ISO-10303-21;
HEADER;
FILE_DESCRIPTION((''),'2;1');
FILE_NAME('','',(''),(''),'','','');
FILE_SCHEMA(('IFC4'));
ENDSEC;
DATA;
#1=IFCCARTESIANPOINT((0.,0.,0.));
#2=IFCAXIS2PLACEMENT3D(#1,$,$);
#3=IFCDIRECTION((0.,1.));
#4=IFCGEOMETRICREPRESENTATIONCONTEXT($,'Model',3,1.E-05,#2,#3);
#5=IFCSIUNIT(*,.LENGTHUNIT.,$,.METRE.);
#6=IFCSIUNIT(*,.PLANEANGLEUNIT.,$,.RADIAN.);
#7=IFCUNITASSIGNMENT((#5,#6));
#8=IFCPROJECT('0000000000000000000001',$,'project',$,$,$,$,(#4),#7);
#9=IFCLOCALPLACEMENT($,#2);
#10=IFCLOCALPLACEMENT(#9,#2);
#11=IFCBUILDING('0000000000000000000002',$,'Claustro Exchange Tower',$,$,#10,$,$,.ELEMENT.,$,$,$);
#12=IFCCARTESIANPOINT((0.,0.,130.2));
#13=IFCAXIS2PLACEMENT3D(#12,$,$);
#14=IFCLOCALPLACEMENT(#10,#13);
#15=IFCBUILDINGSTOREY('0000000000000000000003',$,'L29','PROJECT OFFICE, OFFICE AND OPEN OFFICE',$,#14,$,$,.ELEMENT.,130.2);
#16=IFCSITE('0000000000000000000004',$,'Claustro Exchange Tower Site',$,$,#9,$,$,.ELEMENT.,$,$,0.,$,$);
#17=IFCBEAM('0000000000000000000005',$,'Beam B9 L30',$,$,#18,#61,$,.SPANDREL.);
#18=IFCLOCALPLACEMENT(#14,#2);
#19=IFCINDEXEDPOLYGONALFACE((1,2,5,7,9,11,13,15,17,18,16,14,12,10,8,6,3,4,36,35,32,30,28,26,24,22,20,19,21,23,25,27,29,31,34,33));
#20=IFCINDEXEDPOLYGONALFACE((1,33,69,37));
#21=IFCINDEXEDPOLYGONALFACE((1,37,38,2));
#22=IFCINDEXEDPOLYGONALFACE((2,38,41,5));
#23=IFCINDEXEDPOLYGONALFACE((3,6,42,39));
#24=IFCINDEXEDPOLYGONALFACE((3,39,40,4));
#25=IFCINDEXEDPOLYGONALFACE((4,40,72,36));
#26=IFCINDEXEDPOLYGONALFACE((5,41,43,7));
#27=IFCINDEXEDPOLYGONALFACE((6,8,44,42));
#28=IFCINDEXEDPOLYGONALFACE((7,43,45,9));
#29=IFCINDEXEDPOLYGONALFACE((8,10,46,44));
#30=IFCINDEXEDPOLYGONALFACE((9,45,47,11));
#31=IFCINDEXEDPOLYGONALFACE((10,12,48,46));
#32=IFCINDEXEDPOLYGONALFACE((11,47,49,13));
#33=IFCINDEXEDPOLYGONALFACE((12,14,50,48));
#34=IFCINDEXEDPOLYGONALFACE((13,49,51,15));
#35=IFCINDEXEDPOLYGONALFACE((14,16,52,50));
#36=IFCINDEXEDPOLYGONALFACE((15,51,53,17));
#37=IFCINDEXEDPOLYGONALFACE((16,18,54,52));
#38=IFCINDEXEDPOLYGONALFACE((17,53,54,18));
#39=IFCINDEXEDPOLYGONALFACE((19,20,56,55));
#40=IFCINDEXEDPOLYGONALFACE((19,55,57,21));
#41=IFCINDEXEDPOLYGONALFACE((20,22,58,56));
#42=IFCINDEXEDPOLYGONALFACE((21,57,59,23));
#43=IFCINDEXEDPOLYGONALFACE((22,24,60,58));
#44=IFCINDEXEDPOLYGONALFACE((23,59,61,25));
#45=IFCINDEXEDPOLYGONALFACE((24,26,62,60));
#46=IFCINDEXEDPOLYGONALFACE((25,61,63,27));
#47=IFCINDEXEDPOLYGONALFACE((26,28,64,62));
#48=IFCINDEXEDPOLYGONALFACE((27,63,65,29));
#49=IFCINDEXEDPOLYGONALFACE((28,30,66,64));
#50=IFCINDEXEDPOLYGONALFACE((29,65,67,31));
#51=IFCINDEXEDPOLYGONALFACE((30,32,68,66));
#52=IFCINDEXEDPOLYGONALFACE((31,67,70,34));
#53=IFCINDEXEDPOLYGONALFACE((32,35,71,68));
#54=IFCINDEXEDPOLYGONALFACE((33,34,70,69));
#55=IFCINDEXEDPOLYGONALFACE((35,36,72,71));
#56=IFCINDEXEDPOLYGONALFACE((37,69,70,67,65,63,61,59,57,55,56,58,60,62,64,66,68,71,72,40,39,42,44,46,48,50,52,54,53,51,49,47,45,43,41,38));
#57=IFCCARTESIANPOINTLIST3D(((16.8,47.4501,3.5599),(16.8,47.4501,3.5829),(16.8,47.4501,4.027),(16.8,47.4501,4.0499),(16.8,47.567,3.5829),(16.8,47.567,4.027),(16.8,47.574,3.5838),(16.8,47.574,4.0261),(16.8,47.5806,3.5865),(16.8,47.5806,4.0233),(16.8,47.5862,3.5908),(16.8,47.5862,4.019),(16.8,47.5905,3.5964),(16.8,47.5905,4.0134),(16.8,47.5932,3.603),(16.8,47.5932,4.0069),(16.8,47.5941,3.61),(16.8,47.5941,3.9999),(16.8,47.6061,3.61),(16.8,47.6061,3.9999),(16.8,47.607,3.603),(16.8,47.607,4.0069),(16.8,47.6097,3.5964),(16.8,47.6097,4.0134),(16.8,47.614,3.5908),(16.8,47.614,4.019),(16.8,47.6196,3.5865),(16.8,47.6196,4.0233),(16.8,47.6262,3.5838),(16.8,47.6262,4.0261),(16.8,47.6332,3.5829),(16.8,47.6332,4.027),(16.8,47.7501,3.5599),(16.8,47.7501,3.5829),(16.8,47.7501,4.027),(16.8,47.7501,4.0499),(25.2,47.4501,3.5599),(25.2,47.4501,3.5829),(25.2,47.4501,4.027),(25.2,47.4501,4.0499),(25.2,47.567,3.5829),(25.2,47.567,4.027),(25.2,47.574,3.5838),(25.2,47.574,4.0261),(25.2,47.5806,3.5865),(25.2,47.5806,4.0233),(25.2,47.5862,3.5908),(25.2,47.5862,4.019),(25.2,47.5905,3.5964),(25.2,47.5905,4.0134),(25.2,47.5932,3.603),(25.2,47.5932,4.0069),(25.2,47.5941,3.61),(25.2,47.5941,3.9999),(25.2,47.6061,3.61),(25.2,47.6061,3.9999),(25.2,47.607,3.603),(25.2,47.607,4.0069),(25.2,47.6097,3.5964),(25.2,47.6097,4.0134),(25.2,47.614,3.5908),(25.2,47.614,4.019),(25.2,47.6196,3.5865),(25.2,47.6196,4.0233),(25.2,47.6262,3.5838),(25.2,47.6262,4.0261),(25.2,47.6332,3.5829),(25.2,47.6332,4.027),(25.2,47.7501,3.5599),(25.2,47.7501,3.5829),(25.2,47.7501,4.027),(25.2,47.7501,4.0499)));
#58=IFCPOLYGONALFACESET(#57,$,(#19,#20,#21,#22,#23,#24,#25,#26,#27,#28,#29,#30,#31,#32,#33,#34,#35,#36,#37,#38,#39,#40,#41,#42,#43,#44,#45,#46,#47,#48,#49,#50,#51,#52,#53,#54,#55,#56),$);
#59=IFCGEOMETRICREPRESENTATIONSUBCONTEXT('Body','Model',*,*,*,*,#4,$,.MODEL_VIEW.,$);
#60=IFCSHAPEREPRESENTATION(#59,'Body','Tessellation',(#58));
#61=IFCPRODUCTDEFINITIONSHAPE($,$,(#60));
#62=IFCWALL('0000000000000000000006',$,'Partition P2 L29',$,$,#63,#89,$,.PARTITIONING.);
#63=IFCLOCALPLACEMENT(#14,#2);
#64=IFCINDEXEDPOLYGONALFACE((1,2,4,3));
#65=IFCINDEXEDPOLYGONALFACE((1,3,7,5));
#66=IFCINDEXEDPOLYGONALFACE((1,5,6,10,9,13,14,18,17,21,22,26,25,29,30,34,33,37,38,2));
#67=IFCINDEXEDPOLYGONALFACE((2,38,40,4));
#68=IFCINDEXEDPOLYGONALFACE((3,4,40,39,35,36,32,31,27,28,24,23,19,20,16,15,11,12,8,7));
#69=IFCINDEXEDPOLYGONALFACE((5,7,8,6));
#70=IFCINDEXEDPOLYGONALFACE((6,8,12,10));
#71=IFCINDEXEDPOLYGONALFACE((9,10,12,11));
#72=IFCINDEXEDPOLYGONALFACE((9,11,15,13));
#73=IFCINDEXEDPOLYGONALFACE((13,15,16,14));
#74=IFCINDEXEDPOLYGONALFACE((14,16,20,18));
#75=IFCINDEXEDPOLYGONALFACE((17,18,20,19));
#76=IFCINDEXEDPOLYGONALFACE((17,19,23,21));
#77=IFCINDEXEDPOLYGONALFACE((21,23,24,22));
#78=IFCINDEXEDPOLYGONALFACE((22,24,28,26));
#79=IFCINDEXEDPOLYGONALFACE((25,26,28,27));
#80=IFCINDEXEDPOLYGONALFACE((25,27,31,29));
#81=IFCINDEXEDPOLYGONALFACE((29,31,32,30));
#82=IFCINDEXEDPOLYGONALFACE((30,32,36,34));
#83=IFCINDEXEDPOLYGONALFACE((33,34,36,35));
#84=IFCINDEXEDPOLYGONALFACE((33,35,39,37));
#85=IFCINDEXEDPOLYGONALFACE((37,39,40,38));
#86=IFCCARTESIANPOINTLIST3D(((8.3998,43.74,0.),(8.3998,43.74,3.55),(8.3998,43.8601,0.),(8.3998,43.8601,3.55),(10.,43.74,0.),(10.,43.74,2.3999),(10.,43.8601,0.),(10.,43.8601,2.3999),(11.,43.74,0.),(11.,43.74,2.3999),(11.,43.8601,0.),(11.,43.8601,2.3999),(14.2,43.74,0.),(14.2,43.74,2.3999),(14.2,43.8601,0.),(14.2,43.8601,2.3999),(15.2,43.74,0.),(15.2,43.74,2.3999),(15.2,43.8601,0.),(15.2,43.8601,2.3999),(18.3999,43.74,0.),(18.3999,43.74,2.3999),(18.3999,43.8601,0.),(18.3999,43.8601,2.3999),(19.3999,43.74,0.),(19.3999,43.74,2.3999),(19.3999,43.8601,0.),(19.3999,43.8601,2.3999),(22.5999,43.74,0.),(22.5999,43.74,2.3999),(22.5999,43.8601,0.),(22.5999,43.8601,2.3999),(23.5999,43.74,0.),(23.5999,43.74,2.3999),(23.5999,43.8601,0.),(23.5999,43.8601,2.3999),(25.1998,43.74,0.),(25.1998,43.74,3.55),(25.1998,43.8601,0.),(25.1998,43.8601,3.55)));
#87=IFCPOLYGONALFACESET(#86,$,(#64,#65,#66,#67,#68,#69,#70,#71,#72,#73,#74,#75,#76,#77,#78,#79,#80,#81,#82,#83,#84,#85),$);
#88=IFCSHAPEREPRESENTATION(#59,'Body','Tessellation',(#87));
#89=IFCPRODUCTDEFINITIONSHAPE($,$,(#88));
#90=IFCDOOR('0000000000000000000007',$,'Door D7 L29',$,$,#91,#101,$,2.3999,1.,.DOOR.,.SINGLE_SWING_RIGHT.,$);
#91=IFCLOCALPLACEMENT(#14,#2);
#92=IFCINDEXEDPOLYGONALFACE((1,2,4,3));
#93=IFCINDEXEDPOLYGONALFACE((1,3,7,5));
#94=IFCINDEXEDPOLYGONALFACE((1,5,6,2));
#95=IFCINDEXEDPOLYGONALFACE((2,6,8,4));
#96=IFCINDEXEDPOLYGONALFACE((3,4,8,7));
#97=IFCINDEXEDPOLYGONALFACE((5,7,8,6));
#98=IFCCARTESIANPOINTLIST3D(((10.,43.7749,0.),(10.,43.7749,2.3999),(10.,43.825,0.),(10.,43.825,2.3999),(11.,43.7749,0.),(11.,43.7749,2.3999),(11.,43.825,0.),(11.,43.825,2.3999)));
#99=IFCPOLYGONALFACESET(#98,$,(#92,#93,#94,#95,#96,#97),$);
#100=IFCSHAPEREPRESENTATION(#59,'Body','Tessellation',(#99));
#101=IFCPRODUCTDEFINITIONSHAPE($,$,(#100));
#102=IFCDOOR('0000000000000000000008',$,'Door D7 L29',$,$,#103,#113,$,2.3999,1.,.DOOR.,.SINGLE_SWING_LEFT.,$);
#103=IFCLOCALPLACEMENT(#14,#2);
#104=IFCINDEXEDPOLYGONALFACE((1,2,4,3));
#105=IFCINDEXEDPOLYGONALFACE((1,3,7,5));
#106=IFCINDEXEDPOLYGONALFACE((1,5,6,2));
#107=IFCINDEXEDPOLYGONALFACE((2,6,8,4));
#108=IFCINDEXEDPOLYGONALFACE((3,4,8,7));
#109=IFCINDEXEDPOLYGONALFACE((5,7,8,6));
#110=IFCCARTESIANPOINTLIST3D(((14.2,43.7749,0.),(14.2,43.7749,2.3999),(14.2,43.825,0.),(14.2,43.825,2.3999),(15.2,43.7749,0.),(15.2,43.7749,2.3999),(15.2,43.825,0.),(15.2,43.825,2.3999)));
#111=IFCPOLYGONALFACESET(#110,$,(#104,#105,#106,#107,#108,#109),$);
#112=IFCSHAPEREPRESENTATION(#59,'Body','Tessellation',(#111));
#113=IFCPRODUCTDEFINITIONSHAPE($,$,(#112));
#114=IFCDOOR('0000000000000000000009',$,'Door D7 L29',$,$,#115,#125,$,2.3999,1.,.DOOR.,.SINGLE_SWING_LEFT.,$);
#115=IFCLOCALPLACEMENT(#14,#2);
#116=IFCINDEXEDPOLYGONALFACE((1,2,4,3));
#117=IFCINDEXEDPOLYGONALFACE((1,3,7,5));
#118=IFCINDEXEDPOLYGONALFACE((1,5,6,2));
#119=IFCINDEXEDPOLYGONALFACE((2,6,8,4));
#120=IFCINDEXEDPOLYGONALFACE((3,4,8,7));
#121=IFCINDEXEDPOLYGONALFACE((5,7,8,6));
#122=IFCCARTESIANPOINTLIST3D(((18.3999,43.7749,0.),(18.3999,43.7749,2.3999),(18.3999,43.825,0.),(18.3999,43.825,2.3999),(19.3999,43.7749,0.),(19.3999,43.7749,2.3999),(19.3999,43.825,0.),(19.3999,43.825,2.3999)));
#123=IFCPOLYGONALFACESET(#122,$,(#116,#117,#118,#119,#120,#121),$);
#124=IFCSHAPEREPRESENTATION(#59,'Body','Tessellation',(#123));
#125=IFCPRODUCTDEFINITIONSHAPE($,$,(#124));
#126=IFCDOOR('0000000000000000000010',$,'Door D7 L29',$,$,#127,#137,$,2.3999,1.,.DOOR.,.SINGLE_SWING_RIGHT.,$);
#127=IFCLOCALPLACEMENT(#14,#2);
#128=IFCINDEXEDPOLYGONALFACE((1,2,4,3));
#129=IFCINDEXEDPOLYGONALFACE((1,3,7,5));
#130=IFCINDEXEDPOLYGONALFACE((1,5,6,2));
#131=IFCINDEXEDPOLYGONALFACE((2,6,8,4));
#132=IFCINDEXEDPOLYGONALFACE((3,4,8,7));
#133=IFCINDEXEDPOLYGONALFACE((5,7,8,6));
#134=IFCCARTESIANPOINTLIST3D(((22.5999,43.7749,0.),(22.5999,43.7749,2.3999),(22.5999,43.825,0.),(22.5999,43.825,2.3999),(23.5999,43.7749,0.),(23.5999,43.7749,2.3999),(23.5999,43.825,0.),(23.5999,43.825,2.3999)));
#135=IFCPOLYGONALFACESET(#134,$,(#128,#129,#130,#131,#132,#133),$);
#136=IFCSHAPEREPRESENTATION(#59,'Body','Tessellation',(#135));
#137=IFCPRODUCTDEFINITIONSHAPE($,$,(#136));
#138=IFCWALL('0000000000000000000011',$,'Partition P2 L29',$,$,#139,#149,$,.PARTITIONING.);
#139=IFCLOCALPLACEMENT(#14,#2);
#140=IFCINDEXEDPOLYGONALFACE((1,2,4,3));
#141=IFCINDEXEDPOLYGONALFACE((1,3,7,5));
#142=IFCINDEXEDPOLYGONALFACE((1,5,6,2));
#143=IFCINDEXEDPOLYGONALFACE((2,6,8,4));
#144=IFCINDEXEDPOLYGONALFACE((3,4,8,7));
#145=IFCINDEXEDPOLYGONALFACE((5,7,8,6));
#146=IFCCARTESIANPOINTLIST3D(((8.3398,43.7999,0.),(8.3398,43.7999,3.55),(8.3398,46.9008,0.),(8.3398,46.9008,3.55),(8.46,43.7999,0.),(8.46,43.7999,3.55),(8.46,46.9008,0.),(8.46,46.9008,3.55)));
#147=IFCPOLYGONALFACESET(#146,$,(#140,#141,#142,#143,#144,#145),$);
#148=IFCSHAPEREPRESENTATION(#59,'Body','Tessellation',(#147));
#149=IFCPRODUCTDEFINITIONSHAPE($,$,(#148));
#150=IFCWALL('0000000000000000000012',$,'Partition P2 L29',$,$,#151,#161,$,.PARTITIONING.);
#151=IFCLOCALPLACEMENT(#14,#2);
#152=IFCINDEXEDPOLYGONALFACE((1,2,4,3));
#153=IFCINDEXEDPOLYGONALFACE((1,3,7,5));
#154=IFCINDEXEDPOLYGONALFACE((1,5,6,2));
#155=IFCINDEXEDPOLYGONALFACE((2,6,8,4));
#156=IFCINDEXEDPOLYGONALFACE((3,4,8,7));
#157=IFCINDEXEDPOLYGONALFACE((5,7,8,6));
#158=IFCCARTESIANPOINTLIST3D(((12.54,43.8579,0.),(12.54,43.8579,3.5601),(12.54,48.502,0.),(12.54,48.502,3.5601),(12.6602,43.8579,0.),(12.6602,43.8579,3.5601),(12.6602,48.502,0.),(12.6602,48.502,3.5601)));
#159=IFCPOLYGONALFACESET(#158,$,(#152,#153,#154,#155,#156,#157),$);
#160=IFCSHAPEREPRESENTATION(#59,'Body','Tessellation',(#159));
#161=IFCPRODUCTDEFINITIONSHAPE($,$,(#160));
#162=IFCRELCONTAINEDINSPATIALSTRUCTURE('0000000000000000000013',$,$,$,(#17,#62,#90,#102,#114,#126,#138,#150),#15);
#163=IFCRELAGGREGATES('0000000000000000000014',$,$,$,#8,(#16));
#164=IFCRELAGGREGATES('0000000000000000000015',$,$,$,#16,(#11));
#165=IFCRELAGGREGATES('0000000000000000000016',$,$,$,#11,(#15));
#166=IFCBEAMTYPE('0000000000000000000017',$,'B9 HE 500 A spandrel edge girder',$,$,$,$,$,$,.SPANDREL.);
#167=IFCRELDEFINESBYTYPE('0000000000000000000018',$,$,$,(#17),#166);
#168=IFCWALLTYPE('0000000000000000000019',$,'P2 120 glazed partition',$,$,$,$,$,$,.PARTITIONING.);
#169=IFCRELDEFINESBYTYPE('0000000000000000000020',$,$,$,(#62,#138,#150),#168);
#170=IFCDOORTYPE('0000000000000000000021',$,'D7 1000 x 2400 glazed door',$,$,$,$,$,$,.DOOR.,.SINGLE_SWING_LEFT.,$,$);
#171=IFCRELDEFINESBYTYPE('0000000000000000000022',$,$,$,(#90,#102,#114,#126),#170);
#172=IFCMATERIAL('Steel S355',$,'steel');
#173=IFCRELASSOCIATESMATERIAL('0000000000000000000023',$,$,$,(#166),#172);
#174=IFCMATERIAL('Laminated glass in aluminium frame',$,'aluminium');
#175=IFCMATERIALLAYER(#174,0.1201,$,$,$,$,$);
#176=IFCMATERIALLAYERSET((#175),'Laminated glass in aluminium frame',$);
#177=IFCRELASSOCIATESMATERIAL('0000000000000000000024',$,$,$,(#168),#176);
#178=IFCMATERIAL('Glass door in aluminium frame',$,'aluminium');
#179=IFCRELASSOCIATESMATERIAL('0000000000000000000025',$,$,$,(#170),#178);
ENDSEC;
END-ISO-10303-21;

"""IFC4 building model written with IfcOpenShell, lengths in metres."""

from ifc_helpers import new_model, si_unit, direction, frame, frame_2d, origin, origin_2d, place, context, subcontext, project, spatial, rectangle, i_section, extrude, material, layer, layer_set, material_profile, profile_set, type_object, element, fill, save


model = new_model("IFC4")

# Units and contexts
model_context = context("Model", 3, precision=1e-05, world=origin(), true_north=direction((0.0, 1.0)))
body_context = subcontext(model_context, "Body", "Model", "MODEL_VIEW")
ifc_project = project(units=[si_unit("LENGTHUNIT", "METRE"), si_unit("PLANEANGLEUNIT", "RADIAN")], contexts=[model_context])

# Site, building, storey
site_placement = place(None, origin())
site = spatial("IfcSite", under=ifc_project, at=site_placement, Name="Claustro Exchange Tower Site", CompositionType="ELEMENT", RefElevation=0.0)
building_placement = place(site_placement, origin())
building = spatial("IfcBuilding", under=site, at=building_placement, Name="Claustro Exchange Tower", CompositionType="ELEMENT")
storey_placement = place(building_placement, frame((0.0, 0.0, 130.2)))
storey = spatial("IfcBuildingStorey", under=building, at=storey_placement, Name="L29", Description="PROJECT OFFICE, OFFICE AND OPEN OFFICE", CompositionType="ELEMENT", Elevation=130.2)

# Beam
ifc_material_1 = material(Name="Steel S355", Category="steel")
ifc_material_profile_1 = material_profile(ifc_material_1, i_section(OverallWidth=0.3, OverallDepth=0.49, WebThickness=0.012, FlangeThickness=0.0229, FilletRadius=0.0271, at=origin_2d()), Name="HE 500 A")
ifc_profile_set_1 = profile_set([ifc_material_profile_1], Name="Steel S355")
beam_type_1 = type_object("IfcBeamType", Name="B9 HE 500 A spandrel edge girder", PredefinedType="SPANDREL", material=ifc_profile_set_1)
beam_1_placement = place(storey_placement, frame((16.8, 47.6001, 3.8049), z_axis=(1.0, 0.0, 0.0), x_axis=(0.0, 1.0, 0.0)))
element("IfcBeam", 1, at=beam_1_placement, inside=storey, type_object=beam_type_1, Name="Beam B9 L30", PredefinedType="SPANDREL", context=body_context, shape_type="SweptSolid", body=[
    extrude(i_section(OverallWidth=0.3, OverallDepth=0.49, WebThickness=0.012, FlangeThickness=0.0229, FilletRadius=0.0271, at=origin_2d()), origin(), (0.0, 0.0, 1.0), 8.3999),
])

# Wall, openings, doors
ifc_material_2 = material(Name="Laminated glass in aluminium frame", Category="aluminium")
ifc_layer_1 = layer(ifc_material_2, 0.1201)
ifc_layer_set_1 = layer_set([ifc_layer_1], Name="Laminated glass in aluminium frame")
wall_type_1 = type_object("IfcWallType", Name="P2 120 glazed partition", PredefinedType="PARTITIONING", material=ifc_layer_set_1)
wall_1_placement = place(storey_placement, frame((8.3999, 43.8, 0.0), z_axis=(0.0, 0.0, 1.0), x_axis=(1.0, 0.0, 0.0)))
wall_1 = element("IfcWall", 2, at=wall_1_placement, inside=storey, type_object=wall_type_1, Name="Partition P2 L29", PredefinedType="PARTITIONING", context=body_context, shape_type="SweptSolid", body=[
    extrude(rectangle(XDim=16.8, YDim=0.1201, at=frame_2d((8.3999, 0.0))), origin(), (0.0, 0.0, 1.0), 3.55),
])
opening_1_placement = place(wall_1_placement, frame((1.6001, 0.0, 0.0)))
opening_1 = element("IfcOpeningElement", 3, at=opening_1_placement, cuts=wall_1, PredefinedType="OPENING", context=body_context, shape_type="SweptSolid", body=[
    extrude(rectangle(XDim=1.0, YDim=2.3999, at=frame_2d((0.5, 1.2))), frame((0.0, 0.0701, 0.0), z_axis=(0.0, -1.0, 0.0), x_axis=(1.0, 0.0, 0.0)), (0.0, 0.0, 1.0), 0.1401),
])
opening_2_placement = place(wall_1_placement, frame((5.8, 0.0, 0.0)))
opening_2 = element("IfcOpeningElement", 4, at=opening_2_placement, cuts=wall_1, PredefinedType="OPENING", context=body_context, shape_type="SweptSolid", body=[
    extrude(rectangle(XDim=1.0, YDim=2.3999, at=frame_2d((0.5, 1.2))), frame((0.0, 0.0701, 0.0), z_axis=(0.0, -1.0, 0.0), x_axis=(1.0, 0.0, 0.0)), (0.0, 0.0, 1.0), 0.1401),
])
opening_3_placement = place(wall_1_placement, frame((10.0, 0.0, 0.0)))
opening_3 = element("IfcOpeningElement", 5, at=opening_3_placement, cuts=wall_1, PredefinedType="OPENING", context=body_context, shape_type="SweptSolid", body=[
    extrude(rectangle(XDim=1.0, YDim=2.3999, at=frame_2d((0.5, 1.2))), frame((0.0, 0.0701, 0.0), z_axis=(0.0, -1.0, 0.0), x_axis=(1.0, 0.0, 0.0)), (0.0, 0.0, 1.0), 0.1401),
])
opening_4_placement = place(wall_1_placement, frame((14.2, 0.0, 0.0)))
opening_4 = element("IfcOpeningElement", 6, at=opening_4_placement, cuts=wall_1, PredefinedType="OPENING", context=body_context, shape_type="SweptSolid", body=[
    extrude(rectangle(XDim=1.0, YDim=2.3999, at=frame_2d((0.5, 1.2))), frame((0.0, 0.0701, 0.0), z_axis=(0.0, -1.0, 0.0), x_axis=(1.0, 0.0, 0.0)), (0.0, 0.0, 1.0), 0.1401),
])
ifc_material_3 = material(Name="Glass door in aluminium frame", Category="aluminium")
door_type = type_object("IfcDoorType", Name="D7 1000 x 2400 glazed door", OperationType="SINGLE_SWING_LEFT", PredefinedType="DOOR", material=ifc_material_3)
door_1_placement = place(opening_1_placement, origin())
door_1 = element("IfcDoor", 7, at=door_1_placement, inside=storey, type_object=door_type, Name="Door D7 L29", OperationType="SINGLE_SWING_RIGHT", OverallHeight=2.3999, OverallWidth=1.0, PredefinedType="DOOR", context=body_context, shape_type="SweptSolid", body=[
    extrude(rectangle(XDim=1.0, YDim=2.3999, at=frame_2d((0.5, 1.2))), frame((0.0, 0.0249, 0.0), z_axis=(0.0, -1.0, 0.0), x_axis=(1.0, 0.0, 0.0)), (0.0, 0.0, 1.0), 0.05),
])
fill(opening_1, door_1)
door_2_placement = place(opening_2_placement, origin())
door_2 = element("IfcDoor", 8, at=door_2_placement, inside=storey, type_object=door_type, Name="Door D7 L29", OperationType="SINGLE_SWING_LEFT", OverallHeight=2.3999, OverallWidth=1.0, PredefinedType="DOOR", context=body_context, shape_type="SweptSolid", body=[
    extrude(rectangle(XDim=1.0, YDim=2.3999, at=frame_2d((0.5, 1.2))), frame((0.0, 0.0249, 0.0), z_axis=(0.0, -1.0, 0.0), x_axis=(1.0, 0.0, 0.0)), (0.0, 0.0, 1.0), 0.05),
])
fill(opening_2, door_2)
door_3_placement = place(opening_3_placement, origin())
door_3 = element("IfcDoor", 9, at=door_3_placement, inside=storey, type_object=door_type, Name="Door D7 L29", OperationType="SINGLE_SWING_LEFT", OverallHeight=2.3999, OverallWidth=1.0, PredefinedType="DOOR", context=body_context, shape_type="SweptSolid", body=[
    extrude(rectangle(XDim=1.0, YDim=2.3999, at=frame_2d((0.5, 1.2))), frame((0.0, 0.0249, 0.0), z_axis=(0.0, -1.0, 0.0), x_axis=(1.0, 0.0, 0.0)), (0.0, 0.0, 1.0), 0.05),
])
fill(opening_3, door_3)
door_4_placement = place(opening_4_placement, origin())
door_4 = element("IfcDoor", 10, at=door_4_placement, inside=storey, type_object=door_type, Name="Door D7 L29", OperationType="SINGLE_SWING_RIGHT", OverallHeight=2.3999, OverallWidth=1.0, PredefinedType="DOOR", context=body_context, shape_type="SweptSolid", body=[
    extrude(rectangle(XDim=1.0, YDim=2.3999, at=frame_2d((0.5, 1.2))), frame((0.0, 0.0249, 0.0), z_axis=(0.0, -1.0, 0.0), x_axis=(1.0, 0.0, 0.0)), (0.0, 0.0, 1.0), 0.05),
])
fill(opening_4, door_4)

# Walls
wall_2_placement = place(storey_placement, frame((8.3999, 43.8, 0.0), z_axis=(0.0, 0.0, 1.0), x_axis=(0.0, 1.0, 0.0)))
element("IfcWall", 11, at=wall_2_placement, inside=storey, type_object=wall_type_1, Name="Partition P2 L29", PredefinedType="PARTITIONING", context=body_context, shape_type="SweptSolid", body=[
    extrude(rectangle(XDim=3.1008, YDim=0.1201, at=frame_2d((1.5503, 0.0))), origin(), (0.0, 0.0, 1.0), 3.55),
])
wall_3_placement = place(storey_placement, frame((12.6001, 43.8579, 0.0), z_axis=(0.0, 0.0, 1.0), x_axis=(0.0, 1.0, 0.0)))
element("IfcWall", 12, at=wall_3_placement, inside=storey, type_object=wall_type_1, Name="Partition P2 L29", PredefinedType="PARTITIONING", context=body_context, shape_type="SweptSolid", body=[
    extrude(rectangle(XDim=4.644, YDim=0.1201, at=frame_2d((2.322, 0.0))), origin(), (0.0, 0.0, 1.0), 3.5601),
])

save(model, "model.ifc")
